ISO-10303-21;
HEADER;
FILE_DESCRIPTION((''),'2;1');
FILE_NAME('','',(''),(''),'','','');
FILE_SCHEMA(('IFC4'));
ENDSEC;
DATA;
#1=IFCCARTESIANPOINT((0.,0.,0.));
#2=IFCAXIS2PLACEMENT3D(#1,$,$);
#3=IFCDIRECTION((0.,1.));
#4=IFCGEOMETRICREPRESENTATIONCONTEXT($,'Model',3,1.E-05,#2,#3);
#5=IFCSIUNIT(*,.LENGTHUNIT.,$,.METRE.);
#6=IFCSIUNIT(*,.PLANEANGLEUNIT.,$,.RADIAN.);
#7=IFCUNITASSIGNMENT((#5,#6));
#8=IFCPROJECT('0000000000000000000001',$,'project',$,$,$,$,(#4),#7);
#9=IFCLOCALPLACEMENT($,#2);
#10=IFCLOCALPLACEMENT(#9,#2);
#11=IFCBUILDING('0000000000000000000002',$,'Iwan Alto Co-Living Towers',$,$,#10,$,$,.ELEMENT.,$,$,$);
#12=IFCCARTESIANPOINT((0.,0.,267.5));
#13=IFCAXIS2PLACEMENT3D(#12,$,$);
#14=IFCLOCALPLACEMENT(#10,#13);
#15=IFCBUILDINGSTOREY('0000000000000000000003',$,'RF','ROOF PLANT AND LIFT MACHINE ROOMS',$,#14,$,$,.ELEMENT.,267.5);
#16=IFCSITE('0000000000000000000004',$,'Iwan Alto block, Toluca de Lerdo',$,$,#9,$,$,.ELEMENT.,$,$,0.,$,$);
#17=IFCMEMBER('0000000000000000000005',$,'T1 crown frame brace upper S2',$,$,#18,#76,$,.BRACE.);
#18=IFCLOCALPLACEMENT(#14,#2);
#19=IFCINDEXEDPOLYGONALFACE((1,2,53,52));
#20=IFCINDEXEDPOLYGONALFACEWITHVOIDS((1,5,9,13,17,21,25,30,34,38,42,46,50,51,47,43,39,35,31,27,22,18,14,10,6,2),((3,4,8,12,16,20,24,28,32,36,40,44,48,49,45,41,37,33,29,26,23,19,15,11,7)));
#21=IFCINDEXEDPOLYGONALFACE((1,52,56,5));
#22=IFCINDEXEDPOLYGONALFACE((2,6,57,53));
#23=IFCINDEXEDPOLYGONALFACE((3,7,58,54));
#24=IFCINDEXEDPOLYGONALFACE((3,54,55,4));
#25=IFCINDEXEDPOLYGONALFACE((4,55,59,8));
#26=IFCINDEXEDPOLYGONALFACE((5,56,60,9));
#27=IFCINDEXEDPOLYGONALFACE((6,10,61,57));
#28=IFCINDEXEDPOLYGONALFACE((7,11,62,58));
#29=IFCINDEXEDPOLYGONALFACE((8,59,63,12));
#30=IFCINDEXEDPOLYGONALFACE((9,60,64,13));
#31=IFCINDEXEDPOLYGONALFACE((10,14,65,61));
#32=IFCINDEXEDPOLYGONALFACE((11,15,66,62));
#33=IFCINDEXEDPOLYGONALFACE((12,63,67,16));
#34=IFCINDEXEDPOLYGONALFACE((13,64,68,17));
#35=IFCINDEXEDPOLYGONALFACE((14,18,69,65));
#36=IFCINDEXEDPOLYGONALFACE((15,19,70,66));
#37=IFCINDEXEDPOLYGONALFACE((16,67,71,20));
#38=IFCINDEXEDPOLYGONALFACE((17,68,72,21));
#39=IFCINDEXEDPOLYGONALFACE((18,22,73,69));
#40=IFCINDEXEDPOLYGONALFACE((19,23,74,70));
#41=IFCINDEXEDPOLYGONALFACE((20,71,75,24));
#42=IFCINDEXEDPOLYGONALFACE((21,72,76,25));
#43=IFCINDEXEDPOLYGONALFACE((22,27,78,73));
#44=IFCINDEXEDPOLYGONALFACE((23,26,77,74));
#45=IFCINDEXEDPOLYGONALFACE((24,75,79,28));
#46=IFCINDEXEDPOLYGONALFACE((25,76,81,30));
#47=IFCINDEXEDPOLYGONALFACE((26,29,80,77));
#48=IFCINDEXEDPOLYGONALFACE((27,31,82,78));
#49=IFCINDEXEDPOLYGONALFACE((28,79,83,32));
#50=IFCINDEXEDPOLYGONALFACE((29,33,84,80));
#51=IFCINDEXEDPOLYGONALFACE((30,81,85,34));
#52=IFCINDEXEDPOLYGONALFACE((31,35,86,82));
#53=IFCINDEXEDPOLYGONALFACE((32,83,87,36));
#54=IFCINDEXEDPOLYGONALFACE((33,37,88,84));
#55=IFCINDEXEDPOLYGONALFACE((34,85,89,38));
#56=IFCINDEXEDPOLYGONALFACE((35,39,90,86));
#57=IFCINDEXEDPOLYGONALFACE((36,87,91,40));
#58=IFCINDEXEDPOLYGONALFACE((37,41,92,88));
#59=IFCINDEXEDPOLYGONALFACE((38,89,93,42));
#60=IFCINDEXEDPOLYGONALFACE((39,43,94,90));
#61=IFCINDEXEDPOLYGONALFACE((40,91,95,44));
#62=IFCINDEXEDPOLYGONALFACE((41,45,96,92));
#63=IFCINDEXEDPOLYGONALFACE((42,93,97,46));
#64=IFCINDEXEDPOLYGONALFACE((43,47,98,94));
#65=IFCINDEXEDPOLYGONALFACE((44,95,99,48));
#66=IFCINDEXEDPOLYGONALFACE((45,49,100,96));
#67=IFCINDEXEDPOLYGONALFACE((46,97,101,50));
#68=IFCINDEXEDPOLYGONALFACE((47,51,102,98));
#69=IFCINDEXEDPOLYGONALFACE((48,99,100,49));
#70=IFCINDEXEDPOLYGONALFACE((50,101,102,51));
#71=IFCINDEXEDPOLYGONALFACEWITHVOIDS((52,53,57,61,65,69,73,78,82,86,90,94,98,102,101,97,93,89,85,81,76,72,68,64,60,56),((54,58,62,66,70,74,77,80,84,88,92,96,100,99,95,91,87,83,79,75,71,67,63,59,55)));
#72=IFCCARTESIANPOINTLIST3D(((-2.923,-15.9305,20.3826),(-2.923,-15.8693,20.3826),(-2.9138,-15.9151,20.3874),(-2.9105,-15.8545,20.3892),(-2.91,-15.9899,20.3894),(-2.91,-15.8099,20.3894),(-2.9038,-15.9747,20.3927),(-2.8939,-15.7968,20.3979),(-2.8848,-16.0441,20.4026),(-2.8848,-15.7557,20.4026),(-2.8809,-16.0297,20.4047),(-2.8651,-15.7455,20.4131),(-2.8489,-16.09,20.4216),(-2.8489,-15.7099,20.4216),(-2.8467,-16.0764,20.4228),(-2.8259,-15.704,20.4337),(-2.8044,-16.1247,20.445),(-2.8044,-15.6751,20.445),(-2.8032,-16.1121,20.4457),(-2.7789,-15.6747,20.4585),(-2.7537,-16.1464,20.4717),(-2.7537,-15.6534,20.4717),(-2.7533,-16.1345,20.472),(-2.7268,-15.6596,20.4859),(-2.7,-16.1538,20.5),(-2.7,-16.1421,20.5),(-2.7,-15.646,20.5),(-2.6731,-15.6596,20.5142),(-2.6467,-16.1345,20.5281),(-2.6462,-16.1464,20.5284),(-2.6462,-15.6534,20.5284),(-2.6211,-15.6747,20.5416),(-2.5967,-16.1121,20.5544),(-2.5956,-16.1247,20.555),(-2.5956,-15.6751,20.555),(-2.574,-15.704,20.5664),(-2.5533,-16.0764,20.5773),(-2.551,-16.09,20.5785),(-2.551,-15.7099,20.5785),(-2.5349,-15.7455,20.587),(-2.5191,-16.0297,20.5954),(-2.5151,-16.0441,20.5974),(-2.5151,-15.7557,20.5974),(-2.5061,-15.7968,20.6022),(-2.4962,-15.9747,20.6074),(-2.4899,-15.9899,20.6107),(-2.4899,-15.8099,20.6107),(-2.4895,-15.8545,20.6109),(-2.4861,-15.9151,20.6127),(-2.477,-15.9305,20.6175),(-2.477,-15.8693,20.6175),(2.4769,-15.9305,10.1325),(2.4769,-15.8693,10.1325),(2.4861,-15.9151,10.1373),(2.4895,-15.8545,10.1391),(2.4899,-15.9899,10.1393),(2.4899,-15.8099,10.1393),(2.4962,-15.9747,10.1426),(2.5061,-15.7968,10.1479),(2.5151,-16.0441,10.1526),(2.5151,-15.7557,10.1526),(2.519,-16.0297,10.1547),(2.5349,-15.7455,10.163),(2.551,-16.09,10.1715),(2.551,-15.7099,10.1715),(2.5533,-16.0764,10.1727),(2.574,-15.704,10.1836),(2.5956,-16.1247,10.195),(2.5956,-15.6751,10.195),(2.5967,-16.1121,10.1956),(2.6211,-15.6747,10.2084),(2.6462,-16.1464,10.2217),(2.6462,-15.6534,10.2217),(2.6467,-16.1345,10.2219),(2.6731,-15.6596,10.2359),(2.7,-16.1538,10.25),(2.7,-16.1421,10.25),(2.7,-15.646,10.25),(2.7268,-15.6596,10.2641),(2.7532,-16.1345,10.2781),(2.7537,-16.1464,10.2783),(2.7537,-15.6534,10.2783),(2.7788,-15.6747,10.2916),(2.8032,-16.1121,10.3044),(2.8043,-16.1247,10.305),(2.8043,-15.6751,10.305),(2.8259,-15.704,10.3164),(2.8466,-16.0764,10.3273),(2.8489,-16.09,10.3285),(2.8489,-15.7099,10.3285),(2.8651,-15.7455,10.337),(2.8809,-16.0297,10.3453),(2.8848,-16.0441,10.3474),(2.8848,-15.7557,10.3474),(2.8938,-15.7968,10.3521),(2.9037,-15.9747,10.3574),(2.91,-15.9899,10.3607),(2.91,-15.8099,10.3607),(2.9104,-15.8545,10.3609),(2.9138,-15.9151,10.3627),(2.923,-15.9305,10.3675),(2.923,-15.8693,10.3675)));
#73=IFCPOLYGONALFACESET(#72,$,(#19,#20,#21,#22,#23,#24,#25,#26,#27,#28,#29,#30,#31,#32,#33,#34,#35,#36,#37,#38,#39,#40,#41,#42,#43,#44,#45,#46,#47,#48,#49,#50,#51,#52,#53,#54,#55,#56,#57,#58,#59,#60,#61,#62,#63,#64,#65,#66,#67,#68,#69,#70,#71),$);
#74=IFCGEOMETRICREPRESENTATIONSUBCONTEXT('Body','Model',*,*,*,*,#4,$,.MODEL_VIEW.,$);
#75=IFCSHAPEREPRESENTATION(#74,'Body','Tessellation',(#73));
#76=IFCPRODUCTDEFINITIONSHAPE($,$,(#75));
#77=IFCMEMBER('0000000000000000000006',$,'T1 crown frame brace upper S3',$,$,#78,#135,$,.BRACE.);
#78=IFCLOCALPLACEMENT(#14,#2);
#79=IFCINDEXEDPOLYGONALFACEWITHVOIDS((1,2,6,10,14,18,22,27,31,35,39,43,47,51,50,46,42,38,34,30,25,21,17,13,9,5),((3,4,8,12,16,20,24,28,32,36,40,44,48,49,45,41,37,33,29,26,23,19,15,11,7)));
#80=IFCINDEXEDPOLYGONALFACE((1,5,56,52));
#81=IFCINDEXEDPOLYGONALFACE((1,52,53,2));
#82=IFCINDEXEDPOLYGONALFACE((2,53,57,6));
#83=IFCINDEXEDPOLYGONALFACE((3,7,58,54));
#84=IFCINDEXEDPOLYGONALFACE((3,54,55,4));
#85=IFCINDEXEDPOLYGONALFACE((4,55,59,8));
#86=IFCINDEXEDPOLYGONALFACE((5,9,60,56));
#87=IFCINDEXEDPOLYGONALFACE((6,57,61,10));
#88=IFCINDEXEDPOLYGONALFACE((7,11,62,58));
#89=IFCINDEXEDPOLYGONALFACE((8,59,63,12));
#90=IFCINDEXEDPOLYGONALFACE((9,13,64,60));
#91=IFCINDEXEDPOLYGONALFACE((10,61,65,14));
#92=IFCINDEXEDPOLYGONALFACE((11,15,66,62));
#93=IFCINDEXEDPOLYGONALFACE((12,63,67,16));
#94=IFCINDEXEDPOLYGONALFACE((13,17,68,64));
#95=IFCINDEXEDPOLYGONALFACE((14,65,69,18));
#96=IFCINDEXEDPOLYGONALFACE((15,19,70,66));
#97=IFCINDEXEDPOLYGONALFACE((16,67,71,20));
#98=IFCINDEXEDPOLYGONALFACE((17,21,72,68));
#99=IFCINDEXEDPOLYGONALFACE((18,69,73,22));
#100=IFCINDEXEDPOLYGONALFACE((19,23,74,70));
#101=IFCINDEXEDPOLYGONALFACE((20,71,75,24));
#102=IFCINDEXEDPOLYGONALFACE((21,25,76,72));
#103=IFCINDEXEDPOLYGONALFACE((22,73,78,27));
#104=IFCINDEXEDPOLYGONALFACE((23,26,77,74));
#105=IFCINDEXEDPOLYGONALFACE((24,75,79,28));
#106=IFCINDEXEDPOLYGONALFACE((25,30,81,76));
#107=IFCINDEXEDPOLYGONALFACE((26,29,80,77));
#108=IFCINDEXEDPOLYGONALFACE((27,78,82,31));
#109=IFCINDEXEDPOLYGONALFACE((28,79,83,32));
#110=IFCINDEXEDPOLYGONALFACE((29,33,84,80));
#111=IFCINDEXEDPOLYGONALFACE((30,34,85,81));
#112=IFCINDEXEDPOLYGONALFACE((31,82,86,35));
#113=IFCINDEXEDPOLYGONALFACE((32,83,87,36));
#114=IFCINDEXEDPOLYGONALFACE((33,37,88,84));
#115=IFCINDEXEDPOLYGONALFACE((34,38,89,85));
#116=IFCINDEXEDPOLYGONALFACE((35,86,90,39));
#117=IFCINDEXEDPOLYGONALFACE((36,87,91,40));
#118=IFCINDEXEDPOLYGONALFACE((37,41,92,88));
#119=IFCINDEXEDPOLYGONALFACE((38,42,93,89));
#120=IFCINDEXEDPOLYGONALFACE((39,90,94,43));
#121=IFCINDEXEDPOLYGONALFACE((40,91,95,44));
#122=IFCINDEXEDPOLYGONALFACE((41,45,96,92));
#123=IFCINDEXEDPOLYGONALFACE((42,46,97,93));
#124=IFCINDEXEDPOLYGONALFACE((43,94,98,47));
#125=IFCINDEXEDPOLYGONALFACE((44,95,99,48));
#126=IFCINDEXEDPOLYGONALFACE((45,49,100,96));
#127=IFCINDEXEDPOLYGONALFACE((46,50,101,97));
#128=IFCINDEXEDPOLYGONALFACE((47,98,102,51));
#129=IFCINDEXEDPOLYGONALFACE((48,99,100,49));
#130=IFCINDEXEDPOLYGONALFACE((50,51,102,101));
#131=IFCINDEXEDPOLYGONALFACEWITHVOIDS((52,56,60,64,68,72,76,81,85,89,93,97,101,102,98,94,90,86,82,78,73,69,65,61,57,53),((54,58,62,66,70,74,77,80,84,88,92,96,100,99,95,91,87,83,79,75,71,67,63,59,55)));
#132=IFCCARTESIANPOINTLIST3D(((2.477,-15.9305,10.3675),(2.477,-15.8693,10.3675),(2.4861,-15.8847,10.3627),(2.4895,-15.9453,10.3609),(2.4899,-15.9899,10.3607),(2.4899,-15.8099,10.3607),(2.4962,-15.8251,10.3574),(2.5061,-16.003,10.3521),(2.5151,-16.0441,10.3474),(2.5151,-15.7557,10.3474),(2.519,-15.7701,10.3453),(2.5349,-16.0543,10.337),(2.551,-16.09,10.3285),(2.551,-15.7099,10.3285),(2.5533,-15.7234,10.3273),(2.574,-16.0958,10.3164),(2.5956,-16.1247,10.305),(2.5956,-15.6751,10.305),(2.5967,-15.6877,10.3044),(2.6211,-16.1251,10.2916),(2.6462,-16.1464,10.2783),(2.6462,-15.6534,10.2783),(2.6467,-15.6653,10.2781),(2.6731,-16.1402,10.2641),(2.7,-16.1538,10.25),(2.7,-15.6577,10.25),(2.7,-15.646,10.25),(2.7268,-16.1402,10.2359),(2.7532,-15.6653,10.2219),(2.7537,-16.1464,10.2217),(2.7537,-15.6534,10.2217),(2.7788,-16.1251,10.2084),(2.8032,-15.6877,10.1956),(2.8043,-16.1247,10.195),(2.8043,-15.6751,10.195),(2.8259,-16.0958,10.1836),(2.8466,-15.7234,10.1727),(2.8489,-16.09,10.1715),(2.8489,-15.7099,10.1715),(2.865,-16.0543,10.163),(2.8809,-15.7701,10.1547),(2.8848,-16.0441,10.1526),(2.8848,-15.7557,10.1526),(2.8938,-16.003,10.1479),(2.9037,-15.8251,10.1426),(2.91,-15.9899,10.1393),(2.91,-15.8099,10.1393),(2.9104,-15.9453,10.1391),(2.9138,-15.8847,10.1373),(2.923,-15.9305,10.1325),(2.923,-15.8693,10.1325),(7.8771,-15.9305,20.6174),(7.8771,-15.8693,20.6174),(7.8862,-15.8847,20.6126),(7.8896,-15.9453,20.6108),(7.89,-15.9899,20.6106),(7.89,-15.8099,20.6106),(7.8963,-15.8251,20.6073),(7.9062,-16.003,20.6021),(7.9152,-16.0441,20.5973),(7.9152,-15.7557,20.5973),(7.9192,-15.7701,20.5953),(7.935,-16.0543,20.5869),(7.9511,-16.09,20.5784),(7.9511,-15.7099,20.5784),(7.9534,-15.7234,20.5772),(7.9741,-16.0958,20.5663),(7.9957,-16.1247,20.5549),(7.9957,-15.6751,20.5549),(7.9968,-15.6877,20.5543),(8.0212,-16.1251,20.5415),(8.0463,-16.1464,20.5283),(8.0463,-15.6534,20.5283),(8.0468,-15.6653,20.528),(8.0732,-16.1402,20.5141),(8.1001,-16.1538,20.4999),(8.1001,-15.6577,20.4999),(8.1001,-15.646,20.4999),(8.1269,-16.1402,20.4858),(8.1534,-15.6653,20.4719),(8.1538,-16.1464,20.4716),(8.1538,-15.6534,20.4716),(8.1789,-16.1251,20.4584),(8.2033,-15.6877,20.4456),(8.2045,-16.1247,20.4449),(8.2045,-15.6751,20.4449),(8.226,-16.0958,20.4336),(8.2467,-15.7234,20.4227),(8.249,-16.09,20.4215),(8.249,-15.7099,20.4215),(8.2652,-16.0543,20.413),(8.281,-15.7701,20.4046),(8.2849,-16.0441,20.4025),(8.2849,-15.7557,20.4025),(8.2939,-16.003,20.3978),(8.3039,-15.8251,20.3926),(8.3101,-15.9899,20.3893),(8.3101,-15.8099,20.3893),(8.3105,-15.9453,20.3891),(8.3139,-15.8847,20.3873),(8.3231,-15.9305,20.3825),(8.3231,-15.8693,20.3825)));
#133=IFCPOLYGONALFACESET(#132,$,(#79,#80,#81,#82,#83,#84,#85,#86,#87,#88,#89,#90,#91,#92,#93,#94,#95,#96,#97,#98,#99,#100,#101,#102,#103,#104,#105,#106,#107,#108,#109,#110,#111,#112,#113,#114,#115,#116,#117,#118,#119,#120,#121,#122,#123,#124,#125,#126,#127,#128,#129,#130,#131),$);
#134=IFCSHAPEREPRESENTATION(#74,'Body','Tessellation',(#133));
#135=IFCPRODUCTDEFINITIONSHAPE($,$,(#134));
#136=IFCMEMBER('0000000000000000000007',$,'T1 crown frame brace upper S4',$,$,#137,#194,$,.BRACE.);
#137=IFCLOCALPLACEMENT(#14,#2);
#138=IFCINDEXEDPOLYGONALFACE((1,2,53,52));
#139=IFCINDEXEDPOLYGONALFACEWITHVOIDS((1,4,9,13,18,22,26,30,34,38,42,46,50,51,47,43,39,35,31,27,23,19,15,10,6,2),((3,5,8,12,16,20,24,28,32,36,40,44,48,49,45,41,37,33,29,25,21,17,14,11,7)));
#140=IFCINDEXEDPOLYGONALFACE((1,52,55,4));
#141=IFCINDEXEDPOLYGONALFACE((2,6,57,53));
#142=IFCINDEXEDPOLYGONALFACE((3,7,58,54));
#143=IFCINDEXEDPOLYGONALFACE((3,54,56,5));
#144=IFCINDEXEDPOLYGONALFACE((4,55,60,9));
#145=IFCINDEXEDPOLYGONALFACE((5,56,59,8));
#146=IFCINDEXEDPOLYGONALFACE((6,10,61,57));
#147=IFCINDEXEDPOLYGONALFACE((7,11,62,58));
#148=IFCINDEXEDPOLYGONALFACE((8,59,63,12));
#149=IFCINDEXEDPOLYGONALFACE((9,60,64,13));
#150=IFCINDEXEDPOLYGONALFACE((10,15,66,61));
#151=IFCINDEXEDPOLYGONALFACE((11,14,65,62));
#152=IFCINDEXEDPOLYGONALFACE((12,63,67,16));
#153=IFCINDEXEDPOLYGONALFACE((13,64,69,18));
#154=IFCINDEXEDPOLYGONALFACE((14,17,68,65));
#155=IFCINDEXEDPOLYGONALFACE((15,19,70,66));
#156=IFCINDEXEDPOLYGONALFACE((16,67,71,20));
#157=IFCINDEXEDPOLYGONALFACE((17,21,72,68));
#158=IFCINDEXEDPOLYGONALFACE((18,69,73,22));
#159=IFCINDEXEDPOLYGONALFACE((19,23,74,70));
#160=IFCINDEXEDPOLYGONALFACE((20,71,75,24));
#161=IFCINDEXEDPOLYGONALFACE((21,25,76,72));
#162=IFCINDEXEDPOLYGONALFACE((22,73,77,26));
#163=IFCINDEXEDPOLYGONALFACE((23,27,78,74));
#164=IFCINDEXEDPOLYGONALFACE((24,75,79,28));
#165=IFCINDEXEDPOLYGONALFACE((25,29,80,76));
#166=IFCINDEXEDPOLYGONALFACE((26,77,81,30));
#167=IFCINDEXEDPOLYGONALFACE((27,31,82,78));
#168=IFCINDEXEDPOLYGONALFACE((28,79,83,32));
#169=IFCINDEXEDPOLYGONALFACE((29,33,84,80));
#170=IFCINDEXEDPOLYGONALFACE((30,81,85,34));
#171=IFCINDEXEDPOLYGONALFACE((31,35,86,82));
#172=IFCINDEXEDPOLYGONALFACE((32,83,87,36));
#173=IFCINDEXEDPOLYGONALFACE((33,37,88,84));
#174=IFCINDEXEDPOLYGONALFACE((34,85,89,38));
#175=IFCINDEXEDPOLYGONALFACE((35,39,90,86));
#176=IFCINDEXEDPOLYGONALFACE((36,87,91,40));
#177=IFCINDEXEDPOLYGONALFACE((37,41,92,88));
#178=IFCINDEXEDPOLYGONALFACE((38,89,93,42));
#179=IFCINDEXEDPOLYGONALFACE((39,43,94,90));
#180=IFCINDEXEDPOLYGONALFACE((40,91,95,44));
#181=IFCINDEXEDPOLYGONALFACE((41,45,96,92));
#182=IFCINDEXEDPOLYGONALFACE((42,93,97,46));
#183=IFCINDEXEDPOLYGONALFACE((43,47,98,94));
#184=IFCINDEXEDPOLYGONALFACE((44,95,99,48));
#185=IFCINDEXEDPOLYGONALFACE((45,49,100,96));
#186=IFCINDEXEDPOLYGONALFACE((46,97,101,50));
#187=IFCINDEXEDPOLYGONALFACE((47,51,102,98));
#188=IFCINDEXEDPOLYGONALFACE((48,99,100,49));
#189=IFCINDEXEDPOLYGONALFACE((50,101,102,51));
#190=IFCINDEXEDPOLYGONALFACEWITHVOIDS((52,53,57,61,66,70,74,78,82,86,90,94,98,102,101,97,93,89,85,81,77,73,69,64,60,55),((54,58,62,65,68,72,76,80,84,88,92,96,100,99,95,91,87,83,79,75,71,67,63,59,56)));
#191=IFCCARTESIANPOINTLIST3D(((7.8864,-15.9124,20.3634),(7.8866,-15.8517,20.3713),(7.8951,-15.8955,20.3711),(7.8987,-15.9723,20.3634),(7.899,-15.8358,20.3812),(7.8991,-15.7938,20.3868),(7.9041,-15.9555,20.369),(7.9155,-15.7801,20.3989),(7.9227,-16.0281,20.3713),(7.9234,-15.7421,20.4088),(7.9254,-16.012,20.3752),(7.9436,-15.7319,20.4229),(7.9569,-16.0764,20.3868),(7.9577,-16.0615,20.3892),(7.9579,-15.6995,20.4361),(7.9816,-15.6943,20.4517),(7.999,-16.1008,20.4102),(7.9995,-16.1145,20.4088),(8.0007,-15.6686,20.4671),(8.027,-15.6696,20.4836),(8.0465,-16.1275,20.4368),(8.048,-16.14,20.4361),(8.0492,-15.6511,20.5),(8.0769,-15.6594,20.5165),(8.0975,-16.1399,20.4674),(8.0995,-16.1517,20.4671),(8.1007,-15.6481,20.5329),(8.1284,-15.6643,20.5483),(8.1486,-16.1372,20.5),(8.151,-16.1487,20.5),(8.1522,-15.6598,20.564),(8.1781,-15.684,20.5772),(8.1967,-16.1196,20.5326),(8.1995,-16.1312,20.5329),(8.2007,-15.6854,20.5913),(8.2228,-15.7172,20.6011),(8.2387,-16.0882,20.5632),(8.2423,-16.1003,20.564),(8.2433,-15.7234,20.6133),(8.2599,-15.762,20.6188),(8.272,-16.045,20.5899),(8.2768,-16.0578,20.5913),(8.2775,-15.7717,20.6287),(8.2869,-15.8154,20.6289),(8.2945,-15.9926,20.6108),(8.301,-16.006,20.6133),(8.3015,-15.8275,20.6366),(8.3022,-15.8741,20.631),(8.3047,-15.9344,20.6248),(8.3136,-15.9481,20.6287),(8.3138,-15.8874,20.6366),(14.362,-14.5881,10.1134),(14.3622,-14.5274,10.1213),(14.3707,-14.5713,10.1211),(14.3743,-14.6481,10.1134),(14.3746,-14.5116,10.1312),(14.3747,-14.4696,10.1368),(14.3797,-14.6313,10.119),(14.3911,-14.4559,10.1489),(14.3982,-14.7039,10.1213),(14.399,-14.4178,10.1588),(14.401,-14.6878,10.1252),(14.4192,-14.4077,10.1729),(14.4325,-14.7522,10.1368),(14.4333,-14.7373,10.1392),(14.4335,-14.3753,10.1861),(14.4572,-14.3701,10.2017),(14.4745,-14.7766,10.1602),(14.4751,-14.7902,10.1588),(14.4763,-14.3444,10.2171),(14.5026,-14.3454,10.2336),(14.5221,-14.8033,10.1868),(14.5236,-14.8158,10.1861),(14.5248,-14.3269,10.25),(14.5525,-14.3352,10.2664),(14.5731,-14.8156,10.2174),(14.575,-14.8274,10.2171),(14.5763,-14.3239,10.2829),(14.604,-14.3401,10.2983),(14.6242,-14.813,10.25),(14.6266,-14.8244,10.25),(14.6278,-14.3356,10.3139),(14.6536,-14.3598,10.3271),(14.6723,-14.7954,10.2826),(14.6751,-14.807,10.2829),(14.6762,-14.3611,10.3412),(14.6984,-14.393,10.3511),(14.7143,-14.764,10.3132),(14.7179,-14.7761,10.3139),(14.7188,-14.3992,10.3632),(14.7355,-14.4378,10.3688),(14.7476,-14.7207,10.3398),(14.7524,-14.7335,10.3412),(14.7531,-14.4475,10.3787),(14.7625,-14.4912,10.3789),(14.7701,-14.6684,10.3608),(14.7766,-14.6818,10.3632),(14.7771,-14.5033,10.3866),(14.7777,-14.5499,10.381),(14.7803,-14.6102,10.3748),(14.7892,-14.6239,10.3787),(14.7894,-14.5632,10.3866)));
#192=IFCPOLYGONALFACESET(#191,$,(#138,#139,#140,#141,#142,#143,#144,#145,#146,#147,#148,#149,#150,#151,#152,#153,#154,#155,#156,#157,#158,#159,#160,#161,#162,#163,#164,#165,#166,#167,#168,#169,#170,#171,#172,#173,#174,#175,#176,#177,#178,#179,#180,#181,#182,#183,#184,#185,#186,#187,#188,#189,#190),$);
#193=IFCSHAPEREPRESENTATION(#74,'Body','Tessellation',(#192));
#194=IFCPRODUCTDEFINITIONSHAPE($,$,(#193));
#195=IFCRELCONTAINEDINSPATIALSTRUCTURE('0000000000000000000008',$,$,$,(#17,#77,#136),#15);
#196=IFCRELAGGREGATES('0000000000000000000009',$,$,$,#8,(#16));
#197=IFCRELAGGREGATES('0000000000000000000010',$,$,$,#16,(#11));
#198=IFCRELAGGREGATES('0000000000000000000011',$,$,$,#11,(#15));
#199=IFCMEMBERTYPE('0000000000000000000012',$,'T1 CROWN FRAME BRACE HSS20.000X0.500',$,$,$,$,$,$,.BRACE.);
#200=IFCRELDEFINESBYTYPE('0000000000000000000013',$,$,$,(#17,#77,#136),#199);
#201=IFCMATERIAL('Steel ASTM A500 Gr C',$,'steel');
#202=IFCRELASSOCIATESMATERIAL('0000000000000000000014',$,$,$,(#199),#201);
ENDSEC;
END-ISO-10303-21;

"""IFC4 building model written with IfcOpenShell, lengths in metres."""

from ifc_helpers import new_model, si_unit, direction, frame, origin, origin_2d, place, context, subcontext, project, spatial, hollow_circle, extrude, material, material_profile, profile_set, type_object, element, save


model = new_model("IFC4")

# Units and contexts
model_context = context("Model", 3, precision=1e-05, world=origin(), true_north=direction((0.0, 1.0)))
body_context = subcontext(model_context, "Body", "Model", "MODEL_VIEW")
ifc_project = project(units=[si_unit("LENGTHUNIT", "METRE"), si_unit("PLANEANGLEUNIT", "RADIAN")], contexts=[model_context])

# Site, building, storey
site_placement = place(None, origin())
site = spatial("IfcSite", under=ifc_project, at=site_placement, Name="Iwan Alto block, Toluca de Lerdo", CompositionType="ELEMENT", RefElevation=0.0)
building_placement = place(site_placement, origin())
building = spatial("IfcBuilding", under=site, at=building_placement, Name="Iwan Alto Co-Living Towers", CompositionType="ELEMENT")
storey_placement = place(building_placement, frame((0.0, 0.0, 267.5)))
storey = spatial("IfcBuildingStorey", under=building, at=storey_placement, Name="RF", Description="ROOF PLANT AND LIFT MACHINE ROOMS", CompositionType="ELEMENT", Elevation=267.5)

# Members
ifc_material_1 = material(Name="Steel ASTM A500 Gr C", Category="steel")
ifc_material_profile_1 = material_profile(ifc_material_1, hollow_circle(Radius=0.2539, WallThickness=0.0117, at=origin_2d()), Name="HSS20.000X0.500")
ifc_profile_set_1 = profile_set([ifc_material_profile_1], Name="Steel ASTM A500 Gr C")
member_type_1 = type_object("IfcMemberType", Name="T1 CROWN FRAME BRACE HSS20.000X0.500", PredefinedType="BRACE", material=ifc_profile_set_1)
for number, where, z_axis, x_axis, name in (
    (1, (2.7, -15.8999, 10.25), (-0.466096, 0.0, 0.884734), (0.0, -1.0, 0.0), "T1 crown frame brace upper S2"),
    (2, (2.7, -15.8999, 10.25), (0.466112, 0.0, 0.884726), (0.0, 1.0, 0.0), "T1 crown frame brace upper S3"),
):
    element("IfcMember", number, at=place(storey_placement, frame(where, z_axis=z_axis, x_axis=x_axis)), inside=storey, type_object=member_type_1, Name=name, PredefinedType="BRACE", context=body_context, shape_type="SweptSolid", body=[
        extrude(hollow_circle(Radius=0.2539, WallThickness=0.0117, at=origin_2d()), origin(), (0.0, 0.0, 1.0), 11.5854),
    ])
for number, where, z_axis, x_axis, name in (
    (3, (14.5757, -14.5757, 10.25), (-0.530948, -0.108576, 0.84042), (0.200348, -0.979725, 0.0), "T1 crown frame brace upper S4"),
):
    element("IfcMember", number, at=place(storey_placement, frame(where, z_axis=z_axis, x_axis=x_axis)), inside=storey, type_object=member_type_1, Name=name, PredefinedType="BRACE", context=body_context, shape_type="SweptSolid", body=[
        extrude(hollow_circle(Radius=0.2539, WallThickness=0.0117, at=origin_2d()), origin(), (0.0, 0.0, 1.0), 12.1963),
    ])

save(model, "model.ifc")
